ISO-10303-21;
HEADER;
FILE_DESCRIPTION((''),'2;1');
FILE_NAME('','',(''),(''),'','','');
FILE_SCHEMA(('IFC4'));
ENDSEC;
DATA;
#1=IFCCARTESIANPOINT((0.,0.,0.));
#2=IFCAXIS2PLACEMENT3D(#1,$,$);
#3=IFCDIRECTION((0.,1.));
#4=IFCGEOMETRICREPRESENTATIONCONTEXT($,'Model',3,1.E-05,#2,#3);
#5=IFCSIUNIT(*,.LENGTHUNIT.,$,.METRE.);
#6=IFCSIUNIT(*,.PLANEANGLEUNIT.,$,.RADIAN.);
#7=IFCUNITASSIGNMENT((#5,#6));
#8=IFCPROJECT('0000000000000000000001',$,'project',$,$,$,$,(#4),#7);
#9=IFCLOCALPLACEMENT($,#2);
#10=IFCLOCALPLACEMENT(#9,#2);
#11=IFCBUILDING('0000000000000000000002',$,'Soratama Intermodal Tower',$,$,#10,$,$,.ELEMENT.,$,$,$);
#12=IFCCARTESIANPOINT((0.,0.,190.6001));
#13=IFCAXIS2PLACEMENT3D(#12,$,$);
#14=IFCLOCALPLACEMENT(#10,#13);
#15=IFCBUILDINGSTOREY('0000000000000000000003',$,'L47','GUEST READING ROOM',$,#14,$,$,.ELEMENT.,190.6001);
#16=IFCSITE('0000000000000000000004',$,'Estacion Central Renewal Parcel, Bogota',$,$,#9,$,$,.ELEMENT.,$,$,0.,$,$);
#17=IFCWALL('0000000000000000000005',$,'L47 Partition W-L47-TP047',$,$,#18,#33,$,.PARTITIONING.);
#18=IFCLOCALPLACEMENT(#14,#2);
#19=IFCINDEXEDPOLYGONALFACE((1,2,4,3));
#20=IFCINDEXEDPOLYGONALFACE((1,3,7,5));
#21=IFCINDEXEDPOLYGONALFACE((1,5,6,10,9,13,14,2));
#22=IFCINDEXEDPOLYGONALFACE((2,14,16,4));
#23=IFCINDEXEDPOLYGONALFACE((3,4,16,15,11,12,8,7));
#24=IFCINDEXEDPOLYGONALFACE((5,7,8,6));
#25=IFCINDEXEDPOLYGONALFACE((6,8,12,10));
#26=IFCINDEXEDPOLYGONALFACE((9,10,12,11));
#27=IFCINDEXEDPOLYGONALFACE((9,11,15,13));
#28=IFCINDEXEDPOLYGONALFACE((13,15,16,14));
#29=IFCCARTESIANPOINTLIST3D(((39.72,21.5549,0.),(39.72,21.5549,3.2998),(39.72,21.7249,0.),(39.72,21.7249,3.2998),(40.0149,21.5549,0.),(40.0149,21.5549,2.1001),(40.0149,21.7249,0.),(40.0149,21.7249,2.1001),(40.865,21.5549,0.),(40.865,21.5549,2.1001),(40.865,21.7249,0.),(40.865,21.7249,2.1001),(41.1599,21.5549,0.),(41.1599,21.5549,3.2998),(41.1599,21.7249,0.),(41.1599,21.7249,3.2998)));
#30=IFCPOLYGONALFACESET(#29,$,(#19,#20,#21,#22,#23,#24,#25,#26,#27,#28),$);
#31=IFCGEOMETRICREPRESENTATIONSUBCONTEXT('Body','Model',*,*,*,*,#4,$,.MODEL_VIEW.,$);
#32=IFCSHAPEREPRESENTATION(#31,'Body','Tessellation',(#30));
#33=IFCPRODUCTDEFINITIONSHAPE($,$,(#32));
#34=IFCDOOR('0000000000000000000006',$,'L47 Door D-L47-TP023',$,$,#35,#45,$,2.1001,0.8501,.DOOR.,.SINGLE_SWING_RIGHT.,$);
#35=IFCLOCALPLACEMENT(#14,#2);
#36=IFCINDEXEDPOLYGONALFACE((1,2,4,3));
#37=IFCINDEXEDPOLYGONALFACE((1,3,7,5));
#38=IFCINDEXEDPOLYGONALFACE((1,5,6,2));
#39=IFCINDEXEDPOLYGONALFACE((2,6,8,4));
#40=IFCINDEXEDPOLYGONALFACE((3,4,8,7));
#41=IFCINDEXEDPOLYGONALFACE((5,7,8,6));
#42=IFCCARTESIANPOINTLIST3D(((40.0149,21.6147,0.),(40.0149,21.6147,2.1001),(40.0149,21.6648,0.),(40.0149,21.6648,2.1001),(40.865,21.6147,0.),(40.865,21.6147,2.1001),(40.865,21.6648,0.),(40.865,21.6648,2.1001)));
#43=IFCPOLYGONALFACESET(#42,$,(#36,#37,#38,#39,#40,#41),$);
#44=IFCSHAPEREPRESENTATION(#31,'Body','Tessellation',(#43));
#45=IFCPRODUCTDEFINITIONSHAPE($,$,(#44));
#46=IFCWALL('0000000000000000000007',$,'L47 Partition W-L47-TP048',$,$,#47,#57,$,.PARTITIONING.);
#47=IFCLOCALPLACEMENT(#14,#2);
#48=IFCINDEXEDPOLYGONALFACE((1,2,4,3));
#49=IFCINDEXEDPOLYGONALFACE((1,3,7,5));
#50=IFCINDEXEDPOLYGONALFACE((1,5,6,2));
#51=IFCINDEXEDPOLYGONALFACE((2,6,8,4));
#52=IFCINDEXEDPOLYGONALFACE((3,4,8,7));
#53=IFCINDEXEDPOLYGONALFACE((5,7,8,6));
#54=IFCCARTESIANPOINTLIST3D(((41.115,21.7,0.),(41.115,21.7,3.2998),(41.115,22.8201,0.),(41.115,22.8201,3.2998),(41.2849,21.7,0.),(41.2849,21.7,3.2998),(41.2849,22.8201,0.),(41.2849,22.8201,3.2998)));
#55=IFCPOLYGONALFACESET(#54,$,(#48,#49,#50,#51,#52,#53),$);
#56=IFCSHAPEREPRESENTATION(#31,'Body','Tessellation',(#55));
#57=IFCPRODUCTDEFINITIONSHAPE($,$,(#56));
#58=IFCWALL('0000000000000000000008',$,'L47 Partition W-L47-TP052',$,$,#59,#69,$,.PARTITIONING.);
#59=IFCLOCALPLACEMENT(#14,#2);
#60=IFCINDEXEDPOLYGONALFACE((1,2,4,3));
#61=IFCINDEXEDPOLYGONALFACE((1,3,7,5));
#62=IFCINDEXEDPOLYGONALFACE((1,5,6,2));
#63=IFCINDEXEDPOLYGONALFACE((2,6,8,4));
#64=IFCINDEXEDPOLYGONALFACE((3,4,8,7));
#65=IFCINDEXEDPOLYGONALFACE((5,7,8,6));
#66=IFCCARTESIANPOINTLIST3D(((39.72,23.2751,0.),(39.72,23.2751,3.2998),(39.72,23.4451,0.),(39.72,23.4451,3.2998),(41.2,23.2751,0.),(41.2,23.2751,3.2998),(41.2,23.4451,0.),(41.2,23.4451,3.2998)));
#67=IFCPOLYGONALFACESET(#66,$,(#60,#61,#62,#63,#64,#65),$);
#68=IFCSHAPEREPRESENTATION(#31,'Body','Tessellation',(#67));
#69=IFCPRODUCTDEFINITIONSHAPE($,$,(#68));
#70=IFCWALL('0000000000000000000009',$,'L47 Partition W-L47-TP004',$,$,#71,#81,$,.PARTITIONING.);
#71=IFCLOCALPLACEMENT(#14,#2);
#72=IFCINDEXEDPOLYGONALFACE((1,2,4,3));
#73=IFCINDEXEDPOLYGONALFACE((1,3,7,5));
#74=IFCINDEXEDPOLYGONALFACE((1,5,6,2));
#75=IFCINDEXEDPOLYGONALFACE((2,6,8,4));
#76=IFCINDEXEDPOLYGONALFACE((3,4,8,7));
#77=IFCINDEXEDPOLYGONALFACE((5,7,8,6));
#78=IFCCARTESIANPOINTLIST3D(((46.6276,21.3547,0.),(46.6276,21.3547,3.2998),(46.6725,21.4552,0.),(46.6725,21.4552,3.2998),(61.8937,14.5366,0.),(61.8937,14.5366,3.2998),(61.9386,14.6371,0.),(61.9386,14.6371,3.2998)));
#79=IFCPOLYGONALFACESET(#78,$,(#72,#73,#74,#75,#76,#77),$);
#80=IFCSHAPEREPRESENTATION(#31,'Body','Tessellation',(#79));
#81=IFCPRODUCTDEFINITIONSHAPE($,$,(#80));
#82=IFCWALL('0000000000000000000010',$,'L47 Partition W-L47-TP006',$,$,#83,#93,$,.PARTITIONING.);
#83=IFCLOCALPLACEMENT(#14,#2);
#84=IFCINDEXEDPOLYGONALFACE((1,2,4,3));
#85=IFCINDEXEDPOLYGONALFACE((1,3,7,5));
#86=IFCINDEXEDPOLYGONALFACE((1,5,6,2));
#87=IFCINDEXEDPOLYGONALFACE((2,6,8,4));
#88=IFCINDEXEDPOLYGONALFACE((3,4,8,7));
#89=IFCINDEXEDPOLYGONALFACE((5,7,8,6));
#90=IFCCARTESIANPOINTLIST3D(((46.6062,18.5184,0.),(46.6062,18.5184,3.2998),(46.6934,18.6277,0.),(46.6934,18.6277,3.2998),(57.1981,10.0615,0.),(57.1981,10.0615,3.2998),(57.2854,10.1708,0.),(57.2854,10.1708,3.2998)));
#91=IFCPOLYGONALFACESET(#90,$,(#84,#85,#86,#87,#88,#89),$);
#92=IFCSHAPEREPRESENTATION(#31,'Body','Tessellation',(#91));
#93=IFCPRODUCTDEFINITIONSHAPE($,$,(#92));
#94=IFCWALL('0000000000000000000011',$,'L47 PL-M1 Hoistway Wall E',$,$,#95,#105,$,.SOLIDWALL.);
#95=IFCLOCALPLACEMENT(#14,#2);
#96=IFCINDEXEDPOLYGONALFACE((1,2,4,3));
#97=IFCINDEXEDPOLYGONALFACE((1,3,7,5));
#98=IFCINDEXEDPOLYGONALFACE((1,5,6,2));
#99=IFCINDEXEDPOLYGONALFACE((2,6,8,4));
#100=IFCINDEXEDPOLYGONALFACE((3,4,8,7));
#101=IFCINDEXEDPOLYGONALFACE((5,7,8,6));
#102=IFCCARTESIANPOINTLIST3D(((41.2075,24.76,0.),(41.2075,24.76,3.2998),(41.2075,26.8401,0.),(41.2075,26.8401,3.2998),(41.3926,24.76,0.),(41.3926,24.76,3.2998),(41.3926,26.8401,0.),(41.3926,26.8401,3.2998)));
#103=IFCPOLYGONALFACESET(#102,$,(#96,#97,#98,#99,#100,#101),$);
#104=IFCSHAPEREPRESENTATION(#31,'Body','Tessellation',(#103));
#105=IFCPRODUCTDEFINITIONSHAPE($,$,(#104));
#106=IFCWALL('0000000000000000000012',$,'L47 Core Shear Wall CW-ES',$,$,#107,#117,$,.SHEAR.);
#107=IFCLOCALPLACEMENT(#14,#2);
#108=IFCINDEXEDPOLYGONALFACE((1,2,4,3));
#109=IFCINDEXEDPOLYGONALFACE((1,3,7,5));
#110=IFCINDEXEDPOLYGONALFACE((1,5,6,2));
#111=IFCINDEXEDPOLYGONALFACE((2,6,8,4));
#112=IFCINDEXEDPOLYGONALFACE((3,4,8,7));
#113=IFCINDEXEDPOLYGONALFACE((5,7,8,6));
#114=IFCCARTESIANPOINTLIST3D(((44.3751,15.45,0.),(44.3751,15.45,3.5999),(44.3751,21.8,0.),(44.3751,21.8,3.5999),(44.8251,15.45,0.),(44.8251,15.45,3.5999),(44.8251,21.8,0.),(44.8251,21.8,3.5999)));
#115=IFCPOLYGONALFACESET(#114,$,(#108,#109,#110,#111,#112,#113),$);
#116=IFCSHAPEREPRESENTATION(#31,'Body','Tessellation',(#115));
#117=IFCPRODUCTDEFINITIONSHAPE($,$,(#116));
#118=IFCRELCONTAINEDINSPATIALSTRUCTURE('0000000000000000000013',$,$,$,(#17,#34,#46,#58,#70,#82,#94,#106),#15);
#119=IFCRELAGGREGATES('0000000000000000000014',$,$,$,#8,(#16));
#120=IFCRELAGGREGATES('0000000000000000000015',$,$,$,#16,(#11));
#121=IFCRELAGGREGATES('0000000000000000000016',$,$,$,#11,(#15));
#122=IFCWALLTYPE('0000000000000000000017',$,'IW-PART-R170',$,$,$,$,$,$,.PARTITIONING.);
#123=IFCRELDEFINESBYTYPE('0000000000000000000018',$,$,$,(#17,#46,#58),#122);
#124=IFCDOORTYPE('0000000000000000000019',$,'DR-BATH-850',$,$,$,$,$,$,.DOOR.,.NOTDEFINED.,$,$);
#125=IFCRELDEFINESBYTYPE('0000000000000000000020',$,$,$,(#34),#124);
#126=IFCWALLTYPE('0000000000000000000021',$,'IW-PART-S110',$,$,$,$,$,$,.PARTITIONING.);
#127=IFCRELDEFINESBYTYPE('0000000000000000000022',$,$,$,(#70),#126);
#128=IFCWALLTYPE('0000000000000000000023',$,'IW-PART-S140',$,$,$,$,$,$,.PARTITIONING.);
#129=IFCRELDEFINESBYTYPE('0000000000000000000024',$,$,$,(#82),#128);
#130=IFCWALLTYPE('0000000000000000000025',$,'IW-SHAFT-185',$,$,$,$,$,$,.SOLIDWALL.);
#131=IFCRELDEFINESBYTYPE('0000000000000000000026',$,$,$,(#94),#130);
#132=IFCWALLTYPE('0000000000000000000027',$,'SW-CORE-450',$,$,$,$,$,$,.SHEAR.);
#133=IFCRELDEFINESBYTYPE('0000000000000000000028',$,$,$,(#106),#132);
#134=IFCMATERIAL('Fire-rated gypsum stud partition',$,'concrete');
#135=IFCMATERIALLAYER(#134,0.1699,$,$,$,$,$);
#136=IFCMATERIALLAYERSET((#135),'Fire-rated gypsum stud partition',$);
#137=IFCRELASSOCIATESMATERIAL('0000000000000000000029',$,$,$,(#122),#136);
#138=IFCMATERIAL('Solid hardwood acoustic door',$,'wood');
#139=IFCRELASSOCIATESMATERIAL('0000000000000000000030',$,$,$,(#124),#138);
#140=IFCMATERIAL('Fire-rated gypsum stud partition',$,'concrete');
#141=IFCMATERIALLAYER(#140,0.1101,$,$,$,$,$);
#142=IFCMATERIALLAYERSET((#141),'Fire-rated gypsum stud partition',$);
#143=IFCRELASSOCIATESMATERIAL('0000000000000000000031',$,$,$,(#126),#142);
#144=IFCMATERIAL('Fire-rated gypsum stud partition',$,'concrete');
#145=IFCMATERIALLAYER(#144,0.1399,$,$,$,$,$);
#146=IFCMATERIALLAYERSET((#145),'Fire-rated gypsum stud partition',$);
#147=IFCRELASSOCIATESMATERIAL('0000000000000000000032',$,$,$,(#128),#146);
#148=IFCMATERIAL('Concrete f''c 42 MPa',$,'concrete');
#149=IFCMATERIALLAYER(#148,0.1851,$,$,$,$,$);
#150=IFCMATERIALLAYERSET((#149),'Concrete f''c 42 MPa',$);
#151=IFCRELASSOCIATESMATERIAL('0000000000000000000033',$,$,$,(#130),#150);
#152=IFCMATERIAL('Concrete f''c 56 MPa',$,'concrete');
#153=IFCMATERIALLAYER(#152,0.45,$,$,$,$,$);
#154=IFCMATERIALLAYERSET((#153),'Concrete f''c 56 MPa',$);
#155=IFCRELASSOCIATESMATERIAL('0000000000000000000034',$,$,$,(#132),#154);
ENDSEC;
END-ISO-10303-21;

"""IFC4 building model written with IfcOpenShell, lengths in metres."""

from ifc_helpers import new_model, si_unit, direction, frame, frame_2d, origin, place, context, subcontext, project, spatial, rectangle, extrude, material, layer, layer_set, type_object, element, fill, save


model = new_model("IFC4")

# Units and contexts
model_context = context("Model", 3, precision=1e-05, world=origin(), true_north=direction((0.0, 1.0)))
body_context = subcontext(model_context, "Body", "Model", "MODEL_VIEW")
ifc_project = project(units=[si_unit("LENGTHUNIT", "METRE"), si_unit("PLANEANGLEUNIT", "RADIAN")], contexts=[model_context])

# Site, building, storey
site_placement = place(None, origin())
site = spatial("IfcSite", under=ifc_project, at=site_placement, Name="Estacion Central Renewal Parcel, Bogota", CompositionType="ELEMENT", RefElevation=0.0)
building_placement = place(site_placement, origin())
building = spatial("IfcBuilding", under=site, at=building_placement, Name="Soratama Intermodal Tower", CompositionType="ELEMENT")
storey_placement = place(building_placement, frame((0.0, 0.0, 190.6001)))
storey = spatial("IfcBuildingStorey", under=building, at=storey_placement, Name="L47", Description="GUEST READING ROOM", CompositionType="ELEMENT", Elevation=190.6001)

# Wall, opening, door
ifc_material_1 = material(Name="Fire-rated gypsum stud partition", Category="concrete")
ifc_layer_1 = layer(ifc_material_1, 0.1699)
ifc_layer_set_1 = layer_set([ifc_layer_1], Name="Fire-rated gypsum stud partition")
wall_type_1 = type_object("IfcWallType", Name="IW-PART-R170", PredefinedType="PARTITIONING", material=ifc_layer_set_1)
wall_1_placement = place(storey_placement, frame((39.72, 21.6399, 0.0), z_axis=(0.0, 0.0, 1.0), x_axis=(1.0, 0.0, 0.0)))
wall_1 = element("IfcWall", 1, at=wall_1_placement, inside=storey, type_object=wall_type_1, Name="L47 Partition W-L47-TP047", PredefinedType="PARTITIONING", context=body_context, shape_type="SweptSolid", body=[
    extrude(rectangle(XDim=1.4399, YDim=0.1699, at=frame_2d((0.72, 0.0))), origin(), (0.0, 0.0, 1.0), 3.2998),
])
opening_1_placement = place(wall_1_placement, frame((0.2949, 0.0, 0.0)))
opening_1 = element("IfcOpeningElement", 2, at=opening_1_placement, cuts=wall_1, PredefinedType="OPENING", context=body_context, shape_type="SweptSolid", body=[
    extrude(rectangle(XDim=0.8501, YDim=2.1001, at=frame_2d((0.425, 1.05))), frame((0.0, 0.095, 0.0), z_axis=(0.0, -1.0, 0.0), x_axis=(1.0, 0.0, 0.0)), (0.0, 0.0, 1.0), 0.1899),
])
ifc_material_2 = material(Name="Solid hardwood acoustic door", Category="wood")
door_type_1 = type_object("IfcDoorType", Name="DR-BATH-850", OperationType="NOTDEFINED", PredefinedType="DOOR", material=ifc_material_2)
door_1_placement = place(opening_1_placement, origin())
door_1 = element("IfcDoor", 3, at=door_1_placement, inside=storey, type_object=door_type_1, Name="L47 Door D-L47-TP023", OperationType="SINGLE_SWING_RIGHT", OverallHeight=2.1001, OverallWidth=0.8501, PredefinedType="DOOR", context=body_context, shape_type="SweptSolid", body=[
    extrude(rectangle(XDim=0.8501, YDim=2.1001, at=frame_2d((0.425, 1.05))), frame((0.0, 0.0249, 0.0), z_axis=(0.0, -1.0, 0.0), x_axis=(1.0, 0.0, 0.0)), (0.0, 0.0, 1.0), 0.05),
])
fill(opening_1, door_1)

# Walls
wall_2_placement = place(storey_placement, frame((41.2, 21.7, 0.0), z_axis=(0.0, 0.0, 1.0), x_axis=(0.0, 1.0, 0.0)))
element("IfcWall", 4, at=wall_2_placement, inside=storey, type_object=wall_type_1, Name="L47 Partition W-L47-TP048", PredefinedType="PARTITIONING", context=body_context, shape_type="SweptSolid", body=[
    extrude(rectangle(XDim=1.1201, YDim=0.1699, at=frame_2d((0.5601, 0.0))), origin(), (0.0, 0.0, 1.0), 3.2998),
])
wall_3_placement = place(storey_placement, frame((41.2, 23.3601, 0.0), z_axis=(0.0, 0.0, 1.0), x_axis=(-1.0, 0.0, 0.0)))
element("IfcWall", 5, at=wall_3_placement, inside=storey, type_object=wall_type_1, Name="L47 Partition W-L47-TP052", PredefinedType="PARTITIONING", context=body_context, shape_type="SweptSolid", body=[
    extrude(rectangle(XDim=1.48, YDim=0.1699, at=frame_2d((0.74, 0.0))), origin(), (0.0, 0.0, 1.0), 3.2998),
])
ifc_material_3 = material(Name="Fire-rated gypsum stud partition", Category="concrete")
ifc_layer_2 = layer(ifc_material_3, 0.1101)
ifc_layer_set_2 = layer_set([ifc_layer_2], Name="Fire-rated gypsum stud partition")
wall_type_2 = type_object("IfcWallType", Name="IW-PART-S110", PredefinedType="PARTITIONING", material=ifc_layer_set_2)
wall_4_placement = place(storey_placement, frame((46.6499, 21.405, 0.0), z_axis=(0.0, 0.0, 1.0), x_axis=(0.913074, -0.407795, 0.0)))
element("IfcWall", 6, at=wall_4_placement, inside=storey, type_object=wall_type_2, Name="L47 Partition W-L47-TP004", PredefinedType="PARTITIONING", context=body_context, shape_type="SweptSolid", body=[
    extrude(rectangle(XDim=16.7195, YDim=0.1101, at=frame_2d((8.3599, 0.0))), origin(), (0.0, 0.0, 1.0), 3.2998),
])
ifc_material_4 = material(Name="Fire-rated gypsum stud partition", Category="concrete")
ifc_layer_3 = layer(ifc_material_4, 0.1399)
ifc_layer_set_3 = layer_set([ifc_layer_3], Name="Fire-rated gypsum stud partition")
wall_type_3 = type_object("IfcWallType", Name="IW-PART-S140", PredefinedType="PARTITIONING", material=ifc_layer_set_3)
wall_5_placement = place(storey_placement, frame((46.6499, 18.573, 0.0), z_axis=(0.0, 0.0, 1.0), x_axis=(0.781466, -0.623948, 0.0)))
element("IfcWall", 7, at=wall_5_placement, inside=storey, type_object=wall_type_3, Name="L47 Partition W-L47-TP006", PredefinedType="PARTITIONING", context=body_context, shape_type="SweptSolid", body=[
    extrude(rectangle(XDim=13.554, YDim=0.1399, at=frame_2d((6.7769, 0.0))), origin(), (0.0, 0.0, 1.0), 3.2998),
])
ifc_material_5 = material(Name="Concrete f'c 42 MPa", Category="concrete")
ifc_layer_4 = layer(ifc_material_5, 0.1851)
ifc_layer_set_4 = layer_set([ifc_layer_4], Name="Concrete f'c 42 MPa")
wall_type_4 = type_object("IfcWallType", Name="IW-SHAFT-185", PredefinedType="SOLIDWALL", material=ifc_layer_set_4)
wall_6_placement = place(storey_placement, frame((41.3, 24.76, 0.0), z_axis=(0.0, 0.0, 1.0), x_axis=(0.0, 1.0, 0.0)))
element("IfcWall", 8, at=wall_6_placement, inside=storey, type_object=wall_type_4, Name="L47 PL-M1 Hoistway Wall E", PredefinedType="SOLIDWALL", context=body_context, shape_type="SweptSolid", body=[
    extrude(rectangle(XDim=2.0801, YDim=0.1851, at=frame_2d((1.04, 0.0))), origin(), (0.0, 0.0, 1.0), 3.2998),
])
ifc_material_6 = material(Name="Concrete f'c 56 MPa", Category="concrete")
ifc_layer_5 = layer(ifc_material_6, 0.45)
ifc_layer_set_5 = layer_set([ifc_layer_5], Name="Concrete f'c 56 MPa")
wall_type_5 = type_object("IfcWallType", Name="SW-CORE-450", PredefinedType="SHEAR", material=ifc_layer_set_5)
wall_7_placement = place(storey_placement, frame((44.6001, 15.45, 0.0), z_axis=(0.0, 0.0, 1.0), x_axis=(0.0, 1.0, 0.0)))
element("IfcWall", 9, at=wall_7_placement, inside=storey, type_object=wall_type_5, Name="L47 Core Shear Wall CW-ES", PredefinedType="SHEAR", context=body_context, shape_type="SweptSolid", body=[
    extrude(rectangle(XDim=6.3501, YDim=0.45, at=frame_2d((3.175, 0.0))), origin(), (0.0, 0.0, 1.0), 3.5999),
])

save(model, "model.ifc")
